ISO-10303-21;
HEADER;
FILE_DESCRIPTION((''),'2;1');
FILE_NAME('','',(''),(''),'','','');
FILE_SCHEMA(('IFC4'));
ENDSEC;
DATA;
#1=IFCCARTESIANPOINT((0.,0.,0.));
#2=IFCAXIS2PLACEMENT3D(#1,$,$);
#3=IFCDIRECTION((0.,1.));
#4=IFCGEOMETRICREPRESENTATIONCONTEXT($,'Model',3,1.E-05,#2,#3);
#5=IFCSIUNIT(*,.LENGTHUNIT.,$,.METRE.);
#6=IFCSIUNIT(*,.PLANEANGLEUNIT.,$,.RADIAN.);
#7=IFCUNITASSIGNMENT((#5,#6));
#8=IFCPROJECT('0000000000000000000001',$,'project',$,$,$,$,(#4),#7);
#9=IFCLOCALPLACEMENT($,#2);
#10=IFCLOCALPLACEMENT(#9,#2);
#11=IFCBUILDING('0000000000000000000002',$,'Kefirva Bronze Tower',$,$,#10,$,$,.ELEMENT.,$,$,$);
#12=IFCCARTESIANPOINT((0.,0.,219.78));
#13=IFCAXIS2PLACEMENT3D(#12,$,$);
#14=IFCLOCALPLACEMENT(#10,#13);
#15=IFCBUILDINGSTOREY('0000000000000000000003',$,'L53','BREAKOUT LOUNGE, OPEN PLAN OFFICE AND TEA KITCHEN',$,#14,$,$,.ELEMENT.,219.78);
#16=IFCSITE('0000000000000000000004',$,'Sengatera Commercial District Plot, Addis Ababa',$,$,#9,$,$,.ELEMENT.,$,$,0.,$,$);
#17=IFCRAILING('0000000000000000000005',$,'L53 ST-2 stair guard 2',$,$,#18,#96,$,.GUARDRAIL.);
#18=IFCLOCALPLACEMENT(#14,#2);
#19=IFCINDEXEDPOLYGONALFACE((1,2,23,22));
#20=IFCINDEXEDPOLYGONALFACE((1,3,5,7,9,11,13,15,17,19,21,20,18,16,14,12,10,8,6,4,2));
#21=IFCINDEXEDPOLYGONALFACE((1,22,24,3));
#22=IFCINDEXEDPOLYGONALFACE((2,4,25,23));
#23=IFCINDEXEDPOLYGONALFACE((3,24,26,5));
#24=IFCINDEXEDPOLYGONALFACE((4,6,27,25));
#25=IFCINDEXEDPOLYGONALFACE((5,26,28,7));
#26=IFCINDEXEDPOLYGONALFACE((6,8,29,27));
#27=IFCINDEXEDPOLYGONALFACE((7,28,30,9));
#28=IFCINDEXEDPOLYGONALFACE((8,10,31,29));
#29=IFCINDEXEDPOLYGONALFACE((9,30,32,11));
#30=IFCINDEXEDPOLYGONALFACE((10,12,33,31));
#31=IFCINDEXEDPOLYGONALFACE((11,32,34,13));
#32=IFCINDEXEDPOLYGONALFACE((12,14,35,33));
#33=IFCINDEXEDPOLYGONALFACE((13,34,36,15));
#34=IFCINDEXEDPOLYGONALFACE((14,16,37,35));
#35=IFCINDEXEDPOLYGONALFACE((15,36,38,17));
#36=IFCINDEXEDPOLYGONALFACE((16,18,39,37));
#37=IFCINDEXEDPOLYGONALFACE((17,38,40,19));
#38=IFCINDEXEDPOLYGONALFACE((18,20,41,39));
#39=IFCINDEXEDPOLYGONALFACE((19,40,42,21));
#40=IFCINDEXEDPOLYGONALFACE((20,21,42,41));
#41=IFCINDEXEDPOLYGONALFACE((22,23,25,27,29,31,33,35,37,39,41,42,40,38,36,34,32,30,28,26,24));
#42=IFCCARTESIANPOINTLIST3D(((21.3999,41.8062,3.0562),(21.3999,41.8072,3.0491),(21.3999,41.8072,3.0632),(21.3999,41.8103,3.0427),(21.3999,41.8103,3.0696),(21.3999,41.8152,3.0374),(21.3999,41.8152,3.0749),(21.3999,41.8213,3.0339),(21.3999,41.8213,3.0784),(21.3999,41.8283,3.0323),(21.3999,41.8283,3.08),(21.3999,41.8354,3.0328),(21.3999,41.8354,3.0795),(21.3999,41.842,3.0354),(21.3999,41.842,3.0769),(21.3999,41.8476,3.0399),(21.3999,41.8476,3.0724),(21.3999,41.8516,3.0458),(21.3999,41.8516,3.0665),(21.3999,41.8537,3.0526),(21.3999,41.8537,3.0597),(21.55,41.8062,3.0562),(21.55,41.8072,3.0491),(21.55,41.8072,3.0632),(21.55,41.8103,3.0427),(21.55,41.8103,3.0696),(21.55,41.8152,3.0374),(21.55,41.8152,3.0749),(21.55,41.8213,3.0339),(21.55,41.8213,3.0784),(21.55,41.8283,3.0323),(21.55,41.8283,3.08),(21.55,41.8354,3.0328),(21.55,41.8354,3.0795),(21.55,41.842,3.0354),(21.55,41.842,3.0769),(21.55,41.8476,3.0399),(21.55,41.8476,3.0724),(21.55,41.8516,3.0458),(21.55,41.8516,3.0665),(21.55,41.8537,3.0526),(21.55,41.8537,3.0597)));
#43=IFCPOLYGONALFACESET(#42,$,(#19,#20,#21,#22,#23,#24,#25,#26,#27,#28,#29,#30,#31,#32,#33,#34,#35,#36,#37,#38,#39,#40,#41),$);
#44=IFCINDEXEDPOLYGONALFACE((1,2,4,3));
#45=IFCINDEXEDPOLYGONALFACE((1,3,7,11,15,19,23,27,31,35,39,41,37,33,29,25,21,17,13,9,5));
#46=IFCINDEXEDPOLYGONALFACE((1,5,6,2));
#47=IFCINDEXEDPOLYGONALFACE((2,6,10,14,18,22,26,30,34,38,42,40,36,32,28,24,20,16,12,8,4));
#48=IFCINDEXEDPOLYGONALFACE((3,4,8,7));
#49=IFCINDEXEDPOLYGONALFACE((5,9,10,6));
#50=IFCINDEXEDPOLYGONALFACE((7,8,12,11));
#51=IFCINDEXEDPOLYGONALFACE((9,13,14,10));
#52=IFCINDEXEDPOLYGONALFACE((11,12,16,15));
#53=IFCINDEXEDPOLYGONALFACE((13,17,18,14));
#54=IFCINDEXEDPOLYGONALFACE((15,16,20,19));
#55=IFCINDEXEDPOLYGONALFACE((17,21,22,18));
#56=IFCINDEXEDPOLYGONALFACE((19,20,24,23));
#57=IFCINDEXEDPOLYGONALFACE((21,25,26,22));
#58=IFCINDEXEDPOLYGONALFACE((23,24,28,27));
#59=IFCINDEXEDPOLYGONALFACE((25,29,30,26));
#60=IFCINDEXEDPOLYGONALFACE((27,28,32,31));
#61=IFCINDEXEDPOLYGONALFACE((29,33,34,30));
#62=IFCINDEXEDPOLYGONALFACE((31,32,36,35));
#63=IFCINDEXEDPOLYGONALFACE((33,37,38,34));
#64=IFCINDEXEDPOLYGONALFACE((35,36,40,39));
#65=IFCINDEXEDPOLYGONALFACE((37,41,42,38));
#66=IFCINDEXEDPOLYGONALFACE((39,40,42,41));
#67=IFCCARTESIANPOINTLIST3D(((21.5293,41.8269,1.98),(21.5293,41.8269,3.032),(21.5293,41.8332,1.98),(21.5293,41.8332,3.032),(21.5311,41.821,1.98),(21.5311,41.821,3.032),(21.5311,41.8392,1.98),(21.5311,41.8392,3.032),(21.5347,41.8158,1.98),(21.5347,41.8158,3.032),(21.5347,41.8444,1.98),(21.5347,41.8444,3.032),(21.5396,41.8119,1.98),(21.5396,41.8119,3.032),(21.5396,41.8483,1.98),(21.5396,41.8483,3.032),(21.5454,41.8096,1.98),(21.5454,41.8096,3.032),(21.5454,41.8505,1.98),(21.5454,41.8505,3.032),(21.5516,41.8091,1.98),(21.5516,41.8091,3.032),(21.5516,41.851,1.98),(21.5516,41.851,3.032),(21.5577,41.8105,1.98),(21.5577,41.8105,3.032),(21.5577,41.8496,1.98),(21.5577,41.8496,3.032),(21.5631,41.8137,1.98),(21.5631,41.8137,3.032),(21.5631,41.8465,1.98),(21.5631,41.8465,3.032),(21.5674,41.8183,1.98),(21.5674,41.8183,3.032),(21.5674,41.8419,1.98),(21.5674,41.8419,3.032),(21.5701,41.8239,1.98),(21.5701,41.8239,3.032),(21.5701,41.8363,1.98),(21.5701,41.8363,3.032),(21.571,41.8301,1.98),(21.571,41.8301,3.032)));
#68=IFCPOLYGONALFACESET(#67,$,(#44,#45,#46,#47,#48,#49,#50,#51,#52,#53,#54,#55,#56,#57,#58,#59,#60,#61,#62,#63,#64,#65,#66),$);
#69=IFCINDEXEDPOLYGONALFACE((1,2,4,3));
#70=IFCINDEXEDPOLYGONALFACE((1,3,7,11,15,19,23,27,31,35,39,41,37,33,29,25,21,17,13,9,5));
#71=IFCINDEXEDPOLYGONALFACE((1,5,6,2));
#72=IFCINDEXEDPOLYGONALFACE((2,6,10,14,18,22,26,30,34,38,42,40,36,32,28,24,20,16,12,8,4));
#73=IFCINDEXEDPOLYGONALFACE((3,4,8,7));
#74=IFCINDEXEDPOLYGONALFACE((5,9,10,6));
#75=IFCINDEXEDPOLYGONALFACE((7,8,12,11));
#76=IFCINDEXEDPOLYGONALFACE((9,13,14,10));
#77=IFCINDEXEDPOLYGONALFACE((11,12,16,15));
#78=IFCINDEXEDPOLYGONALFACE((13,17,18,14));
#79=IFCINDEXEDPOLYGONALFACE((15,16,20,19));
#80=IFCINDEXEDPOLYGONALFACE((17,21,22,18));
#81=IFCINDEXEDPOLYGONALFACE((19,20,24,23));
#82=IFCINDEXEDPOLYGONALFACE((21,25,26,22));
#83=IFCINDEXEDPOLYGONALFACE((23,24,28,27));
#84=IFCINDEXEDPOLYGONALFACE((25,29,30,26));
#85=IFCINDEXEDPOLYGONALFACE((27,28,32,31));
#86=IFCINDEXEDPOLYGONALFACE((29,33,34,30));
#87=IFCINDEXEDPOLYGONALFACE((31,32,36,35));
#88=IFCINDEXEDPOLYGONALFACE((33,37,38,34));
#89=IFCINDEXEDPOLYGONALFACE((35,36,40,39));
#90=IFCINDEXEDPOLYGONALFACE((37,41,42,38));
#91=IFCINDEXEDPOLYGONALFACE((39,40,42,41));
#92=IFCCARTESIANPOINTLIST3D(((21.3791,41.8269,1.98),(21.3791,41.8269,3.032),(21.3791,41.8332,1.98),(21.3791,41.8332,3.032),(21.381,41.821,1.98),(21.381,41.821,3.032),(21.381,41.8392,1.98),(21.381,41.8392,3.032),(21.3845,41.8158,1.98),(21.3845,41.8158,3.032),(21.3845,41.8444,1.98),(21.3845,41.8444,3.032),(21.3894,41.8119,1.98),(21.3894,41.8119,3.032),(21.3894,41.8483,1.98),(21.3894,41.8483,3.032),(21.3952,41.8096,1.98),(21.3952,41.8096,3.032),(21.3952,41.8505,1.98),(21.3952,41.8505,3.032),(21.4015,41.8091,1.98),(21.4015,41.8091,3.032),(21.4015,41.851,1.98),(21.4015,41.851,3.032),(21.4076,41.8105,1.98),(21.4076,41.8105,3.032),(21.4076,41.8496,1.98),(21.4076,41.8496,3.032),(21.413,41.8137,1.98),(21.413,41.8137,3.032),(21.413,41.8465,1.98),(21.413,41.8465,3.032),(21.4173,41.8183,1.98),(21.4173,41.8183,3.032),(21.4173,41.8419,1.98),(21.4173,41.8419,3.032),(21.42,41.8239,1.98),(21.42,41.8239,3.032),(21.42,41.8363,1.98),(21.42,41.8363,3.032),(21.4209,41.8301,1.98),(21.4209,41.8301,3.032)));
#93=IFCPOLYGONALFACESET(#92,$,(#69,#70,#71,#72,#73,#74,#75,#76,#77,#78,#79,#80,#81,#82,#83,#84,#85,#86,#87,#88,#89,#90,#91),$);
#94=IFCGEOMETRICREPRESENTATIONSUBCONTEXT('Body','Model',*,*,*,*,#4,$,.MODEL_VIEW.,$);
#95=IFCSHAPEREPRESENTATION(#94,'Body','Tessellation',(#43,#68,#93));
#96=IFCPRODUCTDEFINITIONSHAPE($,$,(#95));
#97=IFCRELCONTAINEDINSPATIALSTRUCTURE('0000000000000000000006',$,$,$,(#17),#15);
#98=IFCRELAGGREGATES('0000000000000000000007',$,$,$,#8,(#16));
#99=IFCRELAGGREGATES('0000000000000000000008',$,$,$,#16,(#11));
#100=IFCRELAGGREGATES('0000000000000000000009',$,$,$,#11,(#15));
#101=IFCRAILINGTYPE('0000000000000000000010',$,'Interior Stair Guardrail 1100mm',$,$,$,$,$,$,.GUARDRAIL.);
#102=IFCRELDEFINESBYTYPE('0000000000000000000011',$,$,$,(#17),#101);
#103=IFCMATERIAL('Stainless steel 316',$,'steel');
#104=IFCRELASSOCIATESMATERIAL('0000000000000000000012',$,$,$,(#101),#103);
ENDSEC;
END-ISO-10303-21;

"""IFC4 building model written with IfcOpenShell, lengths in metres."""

from ifc_helpers import new_model, si_unit, direction, frame, origin, origin_2d, place, context, subcontext, project, spatial, circle, extrude, material, type_object, element, save


model = new_model("IFC4")

# Units and contexts
model_context = context("Model", 3, precision=1e-05, world=origin(), true_north=direction((0.0, 1.0)))
body_context = subcontext(model_context, "Body", "Model", "MODEL_VIEW")
ifc_project = project(units=[si_unit("LENGTHUNIT", "METRE"), si_unit("PLANEANGLEUNIT", "RADIAN")], contexts=[model_context])

# Site, building, storey
site_placement = place(None, origin())
site = spatial("IfcSite", under=ifc_project, at=site_placement, Name="Sengatera Commercial District Plot, Addis Ababa", CompositionType="ELEMENT", RefElevation=0.0)
building_placement = place(site_placement, origin())
building = spatial("IfcBuilding", under=site, at=building_placement, Name="Kefirva Bronze Tower", CompositionType="ELEMENT")
storey_placement = place(building_placement, frame((0.0, 0.0, 219.78)))
storey = spatial("IfcBuildingStorey", under=building, at=storey_placement, Name="L53", Description="BREAKOUT LOUNGE, OPEN PLAN OFFICE AND TEA KITCHEN", CompositionType="ELEMENT", Elevation=219.78)

# Railing
ifc_material_1 = material(Name="Stainless steel 316", Category="steel")
railing_type_1 = type_object("IfcRailingType", Name="Interior Stair Guardrail 1100mm", PredefinedType="GUARDRAIL", material=ifc_material_1)
railing_1_placement = place(storey_placement, frame((21.55, 41.8301, 1.98)))
element("IfcRailing", 1, at=railing_1_placement, inside=storey, type_object=railing_type_1, Name="L53 ST-2 stair guard 2", PredefinedType="GUARDRAIL", context=body_context, shape_type="SweptSolid", body=[
    extrude(circle(Radius=0.0239, at=origin_2d()), frame((0.0, 0.0, 1.0762), z_axis=(-1.0, 0.0, 0.0), x_axis=(0.0, -1.0, 0.0)), (0.0, 0.0, 1.0), 0.1501),
    extrude(circle(Radius=0.021, at=origin_2d()), origin(), (0.0, 0.0, 1.0), 1.052),
    extrude(circle(Radius=0.021, at=origin_2d()), frame((-0.1501, 0.0, 0.0)), (0.0, 0.0, 1.0), 1.052),
])

save(model, "model.ifc")
